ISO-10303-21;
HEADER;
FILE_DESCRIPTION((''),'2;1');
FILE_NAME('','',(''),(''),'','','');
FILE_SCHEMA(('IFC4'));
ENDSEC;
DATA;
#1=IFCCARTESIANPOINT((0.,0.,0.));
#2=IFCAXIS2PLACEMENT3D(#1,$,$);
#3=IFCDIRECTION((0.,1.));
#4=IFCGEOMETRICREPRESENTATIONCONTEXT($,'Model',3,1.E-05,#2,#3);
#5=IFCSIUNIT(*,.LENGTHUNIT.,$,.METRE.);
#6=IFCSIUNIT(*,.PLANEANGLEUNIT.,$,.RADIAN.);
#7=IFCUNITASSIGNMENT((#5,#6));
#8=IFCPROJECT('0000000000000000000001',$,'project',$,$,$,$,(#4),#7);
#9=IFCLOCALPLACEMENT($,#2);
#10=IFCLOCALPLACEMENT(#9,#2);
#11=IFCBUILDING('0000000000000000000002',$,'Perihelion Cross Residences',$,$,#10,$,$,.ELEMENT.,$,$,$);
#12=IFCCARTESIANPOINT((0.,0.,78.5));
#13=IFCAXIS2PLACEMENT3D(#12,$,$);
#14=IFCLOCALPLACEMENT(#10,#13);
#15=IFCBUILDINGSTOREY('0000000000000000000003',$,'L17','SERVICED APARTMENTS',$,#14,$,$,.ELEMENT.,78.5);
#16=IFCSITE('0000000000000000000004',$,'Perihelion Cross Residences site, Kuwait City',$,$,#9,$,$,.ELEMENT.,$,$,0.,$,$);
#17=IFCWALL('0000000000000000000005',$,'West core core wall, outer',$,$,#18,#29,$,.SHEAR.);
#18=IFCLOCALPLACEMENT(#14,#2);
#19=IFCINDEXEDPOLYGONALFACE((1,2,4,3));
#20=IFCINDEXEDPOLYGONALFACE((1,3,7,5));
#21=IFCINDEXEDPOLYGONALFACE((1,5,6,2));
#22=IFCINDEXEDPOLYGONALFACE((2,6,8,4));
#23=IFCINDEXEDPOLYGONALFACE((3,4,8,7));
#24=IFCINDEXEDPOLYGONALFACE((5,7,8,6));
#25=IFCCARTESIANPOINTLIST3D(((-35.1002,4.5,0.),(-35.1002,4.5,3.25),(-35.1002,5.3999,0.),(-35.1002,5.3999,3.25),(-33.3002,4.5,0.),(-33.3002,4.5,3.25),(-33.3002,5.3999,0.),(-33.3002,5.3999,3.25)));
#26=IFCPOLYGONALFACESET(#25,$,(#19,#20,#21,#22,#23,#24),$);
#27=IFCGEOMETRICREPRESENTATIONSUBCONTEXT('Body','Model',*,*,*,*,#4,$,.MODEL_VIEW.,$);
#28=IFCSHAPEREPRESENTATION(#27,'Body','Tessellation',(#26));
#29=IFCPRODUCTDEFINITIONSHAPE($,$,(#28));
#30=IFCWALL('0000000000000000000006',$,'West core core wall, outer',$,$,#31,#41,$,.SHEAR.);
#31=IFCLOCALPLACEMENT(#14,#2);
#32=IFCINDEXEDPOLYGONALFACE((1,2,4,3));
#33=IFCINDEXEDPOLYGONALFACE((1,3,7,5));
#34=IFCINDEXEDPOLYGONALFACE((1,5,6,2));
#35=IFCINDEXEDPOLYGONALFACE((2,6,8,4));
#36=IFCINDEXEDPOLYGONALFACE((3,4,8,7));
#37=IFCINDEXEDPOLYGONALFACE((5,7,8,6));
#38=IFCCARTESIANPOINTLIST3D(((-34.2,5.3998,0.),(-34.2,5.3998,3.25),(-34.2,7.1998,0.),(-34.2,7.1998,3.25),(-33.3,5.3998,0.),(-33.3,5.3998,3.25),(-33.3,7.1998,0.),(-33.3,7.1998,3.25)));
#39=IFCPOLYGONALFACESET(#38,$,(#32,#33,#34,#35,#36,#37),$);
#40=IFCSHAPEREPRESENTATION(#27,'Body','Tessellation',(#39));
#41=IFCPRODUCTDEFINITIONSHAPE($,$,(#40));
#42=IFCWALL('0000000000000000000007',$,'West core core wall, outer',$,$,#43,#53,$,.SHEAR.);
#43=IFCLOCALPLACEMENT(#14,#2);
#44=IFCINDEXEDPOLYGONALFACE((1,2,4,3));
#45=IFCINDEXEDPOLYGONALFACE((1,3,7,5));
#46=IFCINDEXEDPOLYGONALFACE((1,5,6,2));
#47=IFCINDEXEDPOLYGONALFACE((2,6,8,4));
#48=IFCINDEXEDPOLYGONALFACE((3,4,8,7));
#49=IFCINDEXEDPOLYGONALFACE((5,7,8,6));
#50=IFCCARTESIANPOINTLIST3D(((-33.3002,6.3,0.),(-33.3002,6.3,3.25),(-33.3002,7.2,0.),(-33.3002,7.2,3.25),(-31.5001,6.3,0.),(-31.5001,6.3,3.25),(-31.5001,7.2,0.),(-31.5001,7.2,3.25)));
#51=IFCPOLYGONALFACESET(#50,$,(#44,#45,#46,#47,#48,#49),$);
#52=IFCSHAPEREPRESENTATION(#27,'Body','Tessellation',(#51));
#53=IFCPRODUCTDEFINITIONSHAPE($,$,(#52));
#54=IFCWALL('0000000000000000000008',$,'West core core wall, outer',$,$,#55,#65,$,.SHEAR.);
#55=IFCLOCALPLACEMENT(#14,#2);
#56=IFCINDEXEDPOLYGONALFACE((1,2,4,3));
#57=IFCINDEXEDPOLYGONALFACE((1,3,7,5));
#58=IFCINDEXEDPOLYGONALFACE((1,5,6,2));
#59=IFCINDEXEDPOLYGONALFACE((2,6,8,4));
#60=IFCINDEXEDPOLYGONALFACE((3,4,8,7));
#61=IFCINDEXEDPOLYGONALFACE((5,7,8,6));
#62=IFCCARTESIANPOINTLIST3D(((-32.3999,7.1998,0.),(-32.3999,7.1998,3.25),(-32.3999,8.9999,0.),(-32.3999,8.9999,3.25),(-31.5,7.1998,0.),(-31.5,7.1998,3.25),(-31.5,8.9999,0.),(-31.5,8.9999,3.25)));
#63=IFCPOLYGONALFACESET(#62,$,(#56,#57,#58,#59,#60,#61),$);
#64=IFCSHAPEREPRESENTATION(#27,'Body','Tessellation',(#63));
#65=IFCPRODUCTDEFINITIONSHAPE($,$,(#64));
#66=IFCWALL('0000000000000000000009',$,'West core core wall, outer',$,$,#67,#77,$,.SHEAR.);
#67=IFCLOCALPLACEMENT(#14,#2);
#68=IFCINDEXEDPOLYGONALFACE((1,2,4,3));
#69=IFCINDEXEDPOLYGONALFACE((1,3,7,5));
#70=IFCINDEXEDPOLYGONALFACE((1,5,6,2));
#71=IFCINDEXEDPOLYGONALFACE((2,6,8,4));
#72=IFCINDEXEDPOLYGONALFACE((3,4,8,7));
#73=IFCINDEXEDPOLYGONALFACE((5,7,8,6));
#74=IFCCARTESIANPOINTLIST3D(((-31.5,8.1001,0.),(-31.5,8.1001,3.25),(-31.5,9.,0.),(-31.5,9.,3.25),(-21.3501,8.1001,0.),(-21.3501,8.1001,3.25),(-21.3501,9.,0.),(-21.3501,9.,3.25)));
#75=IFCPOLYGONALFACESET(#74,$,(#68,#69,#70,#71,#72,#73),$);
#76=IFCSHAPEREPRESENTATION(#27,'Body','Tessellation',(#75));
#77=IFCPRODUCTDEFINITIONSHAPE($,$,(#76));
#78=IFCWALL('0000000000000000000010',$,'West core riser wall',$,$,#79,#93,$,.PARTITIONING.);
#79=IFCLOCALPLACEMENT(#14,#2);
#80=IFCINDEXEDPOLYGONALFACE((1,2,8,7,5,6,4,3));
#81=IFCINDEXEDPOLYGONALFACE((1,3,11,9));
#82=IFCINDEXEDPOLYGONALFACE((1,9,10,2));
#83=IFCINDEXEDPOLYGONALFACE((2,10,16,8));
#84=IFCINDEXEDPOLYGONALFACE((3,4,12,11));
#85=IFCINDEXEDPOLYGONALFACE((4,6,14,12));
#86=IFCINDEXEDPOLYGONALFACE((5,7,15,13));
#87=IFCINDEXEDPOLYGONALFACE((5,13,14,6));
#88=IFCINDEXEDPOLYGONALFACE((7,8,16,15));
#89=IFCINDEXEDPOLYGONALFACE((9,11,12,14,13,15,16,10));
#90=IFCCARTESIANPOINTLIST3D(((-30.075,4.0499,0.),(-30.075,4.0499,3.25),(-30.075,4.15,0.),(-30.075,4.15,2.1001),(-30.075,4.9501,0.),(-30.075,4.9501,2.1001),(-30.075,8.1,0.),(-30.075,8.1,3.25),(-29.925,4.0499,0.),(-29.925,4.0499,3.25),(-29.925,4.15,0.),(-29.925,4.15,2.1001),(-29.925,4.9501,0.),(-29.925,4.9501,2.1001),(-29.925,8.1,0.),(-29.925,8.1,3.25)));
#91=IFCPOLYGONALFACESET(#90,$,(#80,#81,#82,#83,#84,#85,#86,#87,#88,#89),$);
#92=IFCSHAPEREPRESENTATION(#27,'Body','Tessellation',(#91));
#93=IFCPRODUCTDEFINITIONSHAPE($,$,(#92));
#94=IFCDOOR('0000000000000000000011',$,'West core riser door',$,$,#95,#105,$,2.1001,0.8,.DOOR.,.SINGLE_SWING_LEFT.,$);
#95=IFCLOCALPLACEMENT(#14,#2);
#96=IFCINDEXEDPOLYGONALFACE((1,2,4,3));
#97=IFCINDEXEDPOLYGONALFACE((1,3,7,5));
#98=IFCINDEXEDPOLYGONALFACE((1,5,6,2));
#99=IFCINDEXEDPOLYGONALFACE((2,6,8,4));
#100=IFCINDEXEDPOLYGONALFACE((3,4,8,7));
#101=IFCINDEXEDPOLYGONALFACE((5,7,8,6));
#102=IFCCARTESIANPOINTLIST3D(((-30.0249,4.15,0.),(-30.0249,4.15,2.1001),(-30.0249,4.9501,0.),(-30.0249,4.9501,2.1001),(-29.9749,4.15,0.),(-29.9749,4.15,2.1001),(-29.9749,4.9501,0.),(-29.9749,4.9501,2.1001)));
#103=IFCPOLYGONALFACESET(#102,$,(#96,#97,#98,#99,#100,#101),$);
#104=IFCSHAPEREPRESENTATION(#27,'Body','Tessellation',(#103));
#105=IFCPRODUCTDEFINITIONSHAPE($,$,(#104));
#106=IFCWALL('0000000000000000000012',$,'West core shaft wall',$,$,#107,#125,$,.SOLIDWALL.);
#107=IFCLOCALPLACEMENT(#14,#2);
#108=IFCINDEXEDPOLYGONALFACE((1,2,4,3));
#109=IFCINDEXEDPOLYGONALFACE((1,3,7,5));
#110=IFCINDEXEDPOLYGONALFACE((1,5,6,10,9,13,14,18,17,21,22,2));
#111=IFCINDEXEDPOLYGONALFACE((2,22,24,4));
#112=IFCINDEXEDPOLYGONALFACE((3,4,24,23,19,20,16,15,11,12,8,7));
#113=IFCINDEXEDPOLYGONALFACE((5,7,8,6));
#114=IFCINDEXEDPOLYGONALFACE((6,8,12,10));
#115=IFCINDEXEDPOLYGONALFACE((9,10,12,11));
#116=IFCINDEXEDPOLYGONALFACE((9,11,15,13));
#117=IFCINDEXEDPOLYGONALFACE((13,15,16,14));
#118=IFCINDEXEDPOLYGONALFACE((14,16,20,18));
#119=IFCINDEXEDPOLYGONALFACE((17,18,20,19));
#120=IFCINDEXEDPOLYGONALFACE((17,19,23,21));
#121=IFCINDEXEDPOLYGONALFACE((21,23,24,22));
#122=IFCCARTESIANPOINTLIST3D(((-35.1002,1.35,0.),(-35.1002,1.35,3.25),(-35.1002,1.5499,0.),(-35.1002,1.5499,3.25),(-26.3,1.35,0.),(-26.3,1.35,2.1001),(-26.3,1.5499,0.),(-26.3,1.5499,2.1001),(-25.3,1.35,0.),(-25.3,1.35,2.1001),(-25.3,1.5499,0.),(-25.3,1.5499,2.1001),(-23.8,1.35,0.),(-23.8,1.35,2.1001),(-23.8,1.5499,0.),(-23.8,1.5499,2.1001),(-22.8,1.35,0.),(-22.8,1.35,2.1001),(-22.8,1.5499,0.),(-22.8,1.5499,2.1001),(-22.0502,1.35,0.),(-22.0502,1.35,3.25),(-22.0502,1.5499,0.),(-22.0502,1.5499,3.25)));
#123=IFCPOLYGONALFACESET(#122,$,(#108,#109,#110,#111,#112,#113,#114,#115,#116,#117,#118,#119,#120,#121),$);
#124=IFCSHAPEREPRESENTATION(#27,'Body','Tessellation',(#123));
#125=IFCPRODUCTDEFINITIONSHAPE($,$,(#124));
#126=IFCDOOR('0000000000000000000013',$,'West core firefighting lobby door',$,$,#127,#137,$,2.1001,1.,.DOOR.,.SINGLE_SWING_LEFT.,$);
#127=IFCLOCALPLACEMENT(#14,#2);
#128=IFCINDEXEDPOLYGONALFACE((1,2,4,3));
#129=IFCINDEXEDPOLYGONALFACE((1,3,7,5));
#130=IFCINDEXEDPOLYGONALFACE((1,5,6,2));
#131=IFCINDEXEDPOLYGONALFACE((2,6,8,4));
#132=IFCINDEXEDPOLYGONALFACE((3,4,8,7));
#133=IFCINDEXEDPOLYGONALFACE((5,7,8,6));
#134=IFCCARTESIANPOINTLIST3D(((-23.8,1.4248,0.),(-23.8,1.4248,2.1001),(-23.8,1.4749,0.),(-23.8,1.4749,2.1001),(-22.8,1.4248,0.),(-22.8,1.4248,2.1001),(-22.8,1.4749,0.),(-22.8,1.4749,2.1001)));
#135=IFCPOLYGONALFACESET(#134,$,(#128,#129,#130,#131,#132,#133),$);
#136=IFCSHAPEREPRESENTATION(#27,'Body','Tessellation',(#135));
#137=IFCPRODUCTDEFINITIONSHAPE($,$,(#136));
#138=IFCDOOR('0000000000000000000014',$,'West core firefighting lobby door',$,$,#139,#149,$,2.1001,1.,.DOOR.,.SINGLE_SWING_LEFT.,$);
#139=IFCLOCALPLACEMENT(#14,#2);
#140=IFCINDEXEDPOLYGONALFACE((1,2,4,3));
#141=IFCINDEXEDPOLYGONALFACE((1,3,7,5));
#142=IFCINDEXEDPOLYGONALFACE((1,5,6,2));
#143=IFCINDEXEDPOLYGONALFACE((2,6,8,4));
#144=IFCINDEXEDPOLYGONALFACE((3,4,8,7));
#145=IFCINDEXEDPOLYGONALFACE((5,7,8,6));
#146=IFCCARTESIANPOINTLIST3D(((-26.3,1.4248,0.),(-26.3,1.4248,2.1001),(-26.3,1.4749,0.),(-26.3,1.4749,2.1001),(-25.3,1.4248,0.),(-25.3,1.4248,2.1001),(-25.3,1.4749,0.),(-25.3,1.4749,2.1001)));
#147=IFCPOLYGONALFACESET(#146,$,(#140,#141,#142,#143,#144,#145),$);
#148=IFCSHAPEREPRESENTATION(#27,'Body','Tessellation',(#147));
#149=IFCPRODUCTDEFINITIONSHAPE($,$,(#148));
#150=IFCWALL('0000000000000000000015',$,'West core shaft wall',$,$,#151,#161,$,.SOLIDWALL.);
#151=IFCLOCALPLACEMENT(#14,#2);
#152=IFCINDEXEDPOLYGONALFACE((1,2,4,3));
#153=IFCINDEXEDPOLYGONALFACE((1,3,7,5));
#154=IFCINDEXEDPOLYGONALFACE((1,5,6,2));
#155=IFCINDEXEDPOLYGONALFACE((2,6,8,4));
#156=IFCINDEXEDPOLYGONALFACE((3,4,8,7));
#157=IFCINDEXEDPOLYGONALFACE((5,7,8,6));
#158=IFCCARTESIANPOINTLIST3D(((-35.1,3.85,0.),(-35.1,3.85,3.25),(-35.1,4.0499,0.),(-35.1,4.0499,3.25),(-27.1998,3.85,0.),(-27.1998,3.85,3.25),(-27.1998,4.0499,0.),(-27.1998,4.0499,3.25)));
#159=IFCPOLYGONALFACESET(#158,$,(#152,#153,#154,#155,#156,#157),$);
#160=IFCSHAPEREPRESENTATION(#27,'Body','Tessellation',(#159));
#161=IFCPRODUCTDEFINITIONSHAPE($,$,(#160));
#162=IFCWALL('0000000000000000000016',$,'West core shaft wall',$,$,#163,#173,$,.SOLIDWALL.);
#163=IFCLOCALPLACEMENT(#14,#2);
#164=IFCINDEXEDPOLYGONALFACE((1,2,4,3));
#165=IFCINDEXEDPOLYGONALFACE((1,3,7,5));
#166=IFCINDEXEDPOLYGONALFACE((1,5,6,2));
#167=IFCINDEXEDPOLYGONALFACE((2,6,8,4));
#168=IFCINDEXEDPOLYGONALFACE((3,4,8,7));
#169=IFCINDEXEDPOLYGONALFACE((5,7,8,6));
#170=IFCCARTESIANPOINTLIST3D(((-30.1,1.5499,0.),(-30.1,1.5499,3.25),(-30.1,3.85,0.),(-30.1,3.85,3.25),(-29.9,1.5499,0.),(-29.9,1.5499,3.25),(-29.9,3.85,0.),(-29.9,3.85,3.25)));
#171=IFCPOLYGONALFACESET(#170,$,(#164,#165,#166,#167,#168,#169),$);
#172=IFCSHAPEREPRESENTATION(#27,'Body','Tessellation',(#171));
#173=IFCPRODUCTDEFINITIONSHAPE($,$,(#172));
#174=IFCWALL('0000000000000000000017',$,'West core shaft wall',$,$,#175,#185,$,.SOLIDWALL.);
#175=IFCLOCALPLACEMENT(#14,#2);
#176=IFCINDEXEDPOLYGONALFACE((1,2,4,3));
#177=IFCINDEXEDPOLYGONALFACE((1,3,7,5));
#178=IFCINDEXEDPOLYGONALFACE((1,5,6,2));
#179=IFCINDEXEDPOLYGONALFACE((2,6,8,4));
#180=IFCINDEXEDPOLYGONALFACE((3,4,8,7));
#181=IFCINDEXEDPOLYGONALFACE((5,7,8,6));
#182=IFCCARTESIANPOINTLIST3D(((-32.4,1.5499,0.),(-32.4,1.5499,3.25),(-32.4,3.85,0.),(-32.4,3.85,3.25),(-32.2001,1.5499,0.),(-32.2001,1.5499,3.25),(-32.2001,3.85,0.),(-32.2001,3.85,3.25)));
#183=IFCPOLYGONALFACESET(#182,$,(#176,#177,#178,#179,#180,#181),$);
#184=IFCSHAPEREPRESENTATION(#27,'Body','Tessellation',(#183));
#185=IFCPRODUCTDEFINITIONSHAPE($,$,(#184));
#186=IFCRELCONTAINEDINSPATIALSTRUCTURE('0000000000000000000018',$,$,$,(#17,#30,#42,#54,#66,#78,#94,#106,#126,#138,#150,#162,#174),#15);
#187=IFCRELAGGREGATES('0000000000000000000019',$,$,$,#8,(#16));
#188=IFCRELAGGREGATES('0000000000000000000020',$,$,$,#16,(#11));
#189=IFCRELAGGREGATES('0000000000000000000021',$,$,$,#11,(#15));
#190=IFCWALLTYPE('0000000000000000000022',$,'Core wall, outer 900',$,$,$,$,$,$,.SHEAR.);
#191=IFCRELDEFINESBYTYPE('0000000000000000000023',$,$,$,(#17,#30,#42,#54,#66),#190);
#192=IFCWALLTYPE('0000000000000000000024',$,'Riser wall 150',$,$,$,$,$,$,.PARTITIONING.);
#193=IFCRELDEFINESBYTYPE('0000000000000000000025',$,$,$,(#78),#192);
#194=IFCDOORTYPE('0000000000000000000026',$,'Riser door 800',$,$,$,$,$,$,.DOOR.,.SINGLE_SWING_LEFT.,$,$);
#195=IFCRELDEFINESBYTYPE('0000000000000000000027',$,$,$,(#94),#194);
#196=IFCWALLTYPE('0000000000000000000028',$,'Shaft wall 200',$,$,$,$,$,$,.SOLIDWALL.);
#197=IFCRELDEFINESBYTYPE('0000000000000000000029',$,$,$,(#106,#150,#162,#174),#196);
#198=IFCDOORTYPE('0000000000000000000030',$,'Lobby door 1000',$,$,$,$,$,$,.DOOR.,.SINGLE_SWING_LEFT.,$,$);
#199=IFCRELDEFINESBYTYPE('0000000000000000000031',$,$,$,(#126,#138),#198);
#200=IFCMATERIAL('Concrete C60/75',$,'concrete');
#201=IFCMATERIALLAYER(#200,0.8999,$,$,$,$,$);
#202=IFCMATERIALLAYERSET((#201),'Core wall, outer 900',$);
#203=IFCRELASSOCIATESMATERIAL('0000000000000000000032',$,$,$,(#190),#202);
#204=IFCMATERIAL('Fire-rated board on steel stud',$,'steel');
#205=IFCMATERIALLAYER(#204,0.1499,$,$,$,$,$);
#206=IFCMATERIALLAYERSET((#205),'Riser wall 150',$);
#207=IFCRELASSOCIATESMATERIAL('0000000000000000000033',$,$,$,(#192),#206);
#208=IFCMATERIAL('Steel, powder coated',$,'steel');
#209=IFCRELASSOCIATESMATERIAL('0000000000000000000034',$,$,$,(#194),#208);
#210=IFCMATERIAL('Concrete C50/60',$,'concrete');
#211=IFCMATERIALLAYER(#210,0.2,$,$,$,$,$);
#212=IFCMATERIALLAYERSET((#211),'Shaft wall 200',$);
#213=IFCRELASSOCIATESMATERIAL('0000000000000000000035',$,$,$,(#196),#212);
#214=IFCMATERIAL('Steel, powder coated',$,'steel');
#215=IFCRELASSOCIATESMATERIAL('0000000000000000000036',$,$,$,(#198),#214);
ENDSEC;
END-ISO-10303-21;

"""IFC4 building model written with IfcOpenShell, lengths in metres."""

from ifc_helpers import new_model, si_unit, direction, frame, frame_2d, origin, place, context, subcontext, project, spatial, rectangle, extrude, material, layer, layer_set, type_object, element, fill, save


model = new_model("IFC4")

# Units and contexts
model_context = context("Model", 3, precision=1e-05, world=origin(), true_north=direction((0.0, 1.0)))
body_context = subcontext(model_context, "Body", "Model", "MODEL_VIEW")
ifc_project = project(units=[si_unit("LENGTHUNIT", "METRE"), si_unit("PLANEANGLEUNIT", "RADIAN")], contexts=[model_context])

# Site, building, storey
site_placement = place(None, origin())
site = spatial("IfcSite", under=ifc_project, at=site_placement, Name="Perihelion Cross Residences site, Kuwait City", CompositionType="ELEMENT", RefElevation=0.0)
building_placement = place(site_placement, origin())
building = spatial("IfcBuilding", under=site, at=building_placement, Name="Perihelion Cross Residences", CompositionType="ELEMENT")
storey_placement = place(building_placement, frame((0.0, 0.0, 78.5)))
storey = spatial("IfcBuildingStorey", under=building, at=storey_placement, Name="L17", Description="SERVICED APARTMENTS", CompositionType="ELEMENT", Elevation=78.5)

# Walls
ifc_material_1 = material(Name="Concrete C60/75", Category="concrete")
ifc_layer_1 = layer(ifc_material_1, 0.8999)
ifc_layer_set_1 = layer_set([ifc_layer_1], Name="Core wall, outer 900")
wall_type_1 = type_object("IfcWallType", Name="Core wall, outer 900", PredefinedType="SHEAR", material=ifc_layer_set_1)
for number, where, z_axis, x_axis, name in (
    (1, (-35.1001, 4.95, 0.0), (0.0, 0.0, 1.0), (1.0, 0.0, 0.0), "West core core wall, outer"),
    (2, (-33.75, 5.3999, 0.0), (0.0, 0.0, 1.0), (0.0, 1.0, 0.0), "West core core wall, outer"),
    (3, (-33.3, 6.75, 0.0), (0.0, 0.0, 1.0), (1.0, 0.0, 0.0), "West core core wall, outer"),
    (4, (-31.95, 7.2, 0.0), (0.0, 0.0, 1.0), (0.0, 1.0, 0.0), "West core core wall, outer"),
):
    element("IfcWall", number, at=place(storey_placement, frame(where, z_axis=z_axis, x_axis=x_axis)), inside=storey, type_object=wall_type_1, Name=name, PredefinedType="SHEAR", context=body_context, shape_type="SweptSolid", body=[
        extrude(rectangle(XDim=1.8, YDim=0.8999, at=frame_2d((0.8999, 0.0))), origin(), (0.0, 0.0, 1.0), 3.25),
    ])
wall_1_placement = place(storey_placement, frame((-31.5, 8.55, 0.0), z_axis=(0.0, 0.0, 1.0), x_axis=(1.0, 0.0, 0.0)))
element("IfcWall", 5, at=wall_1_placement, inside=storey, type_object=wall_type_1, Name="West core core wall, outer", PredefinedType="SHEAR", context=body_context, shape_type="SweptSolid", body=[
    extrude(rectangle(XDim=10.1499, YDim=0.8999, at=frame_2d((5.075, 0.0))), origin(), (0.0, 0.0, 1.0), 3.25),
])

# Wall, opening, door
ifc_material_2 = material(Name="Fire-rated board on steel stud", Category="steel")
ifc_layer_2 = layer(ifc_material_2, 0.1499)
ifc_layer_set_2 = layer_set([ifc_layer_2], Name="Riser wall 150")
wall_type_2 = type_object("IfcWallType", Name="Riser wall 150", PredefinedType="PARTITIONING", material=ifc_layer_set_2)
wall_2_placement = place(storey_placement, frame((-30.0, 4.05, 0.0), z_axis=(0.0, 0.0, 1.0), x_axis=(0.0, 1.0, 0.0)))
wall_2 = element("IfcWall", 6, at=wall_2_placement, inside=storey, type_object=wall_type_2, Name="West core riser wall", PredefinedType="PARTITIONING", context=body_context, shape_type="SweptSolid", body=[
    extrude(rectangle(XDim=4.05, YDim=0.1499, at=frame_2d((2.0249, 0.0))), origin(), (0.0, 0.0, 1.0), 3.25),
])
opening_1_placement = place(wall_2_placement, frame((0.1001, 0.0, 0.0)))
opening_1 = element("IfcOpeningElement", 7, at=opening_1_placement, cuts=wall_2, PredefinedType="OPENING", context=body_context, shape_type="SweptSolid", body=[
    extrude(rectangle(XDim=0.8, YDim=2.1001, at=frame_2d((0.3999, 1.05))), frame((0.0, 0.085, 0.0), z_axis=(0.0, -1.0, 0.0), x_axis=(1.0, 0.0, 0.0)), (0.0, 0.0, 1.0), 0.1699),
])
ifc_material_3 = material(Name="Steel, powder coated", Category="steel")
door_type_1 = type_object("IfcDoorType", Name="Riser door 800", OperationType="SINGLE_SWING_LEFT", PredefinedType="DOOR", material=ifc_material_3)
door_1_placement = place(opening_1_placement, origin())
door_1 = element("IfcDoor", 8, at=door_1_placement, inside=storey, type_object=door_type_1, Name="West core riser door", OperationType="SINGLE_SWING_LEFT", OverallHeight=2.1001, OverallWidth=0.8, PredefinedType="DOOR", context=body_context, shape_type="SweptSolid", body=[
    extrude(rectangle(XDim=0.8, YDim=2.1001, at=frame_2d((0.3999, 1.05))), frame((0.0, 0.0249, 0.0), z_axis=(0.0, -1.0, 0.0), x_axis=(1.0, 0.0, 0.0)), (0.0, 0.0, 1.0), 0.05),
])
fill(opening_1, door_1)

# Wall, openings, doors
ifc_material_4 = material(Name="Concrete C50/60", Category="concrete")
ifc_layer_3 = layer(ifc_material_4, 0.2)
ifc_layer_set_3 = layer_set([ifc_layer_3], Name="Shaft wall 200")
wall_type_3 = type_object("IfcWallType", Name="Shaft wall 200", PredefinedType="SOLIDWALL", material=ifc_layer_set_3)
wall_3_placement = place(storey_placement, frame((-35.1001, 1.45, 0.0), z_axis=(0.0, 0.0, 1.0), x_axis=(1.0, 0.0, 0.0)))
wall_3 = element("IfcWall", 9, at=wall_3_placement, inside=storey, type_object=wall_type_3, Name="West core shaft wall", PredefinedType="SOLIDWALL", context=body_context, shape_type="SweptSolid", body=[
    extrude(rectangle(XDim=13.05, YDim=0.2, at=frame_2d((6.5249, 0.0))), origin(), (0.0, 0.0, 1.0), 3.25),
])
opening_2_placement = place(wall_3_placement, frame((11.3, 0.0, 0.0)))
opening_2 = element("IfcOpeningElement", 10, at=opening_2_placement, cuts=wall_3, PredefinedType="OPENING", context=body_context, shape_type="SweptSolid", body=[
    extrude(rectangle(XDim=1.0, YDim=2.1001, at=frame_2d((0.5, 1.05))), frame((0.0, 0.1099, 0.0), z_axis=(0.0, -1.0, 0.0), x_axis=(1.0, 0.0, 0.0)), (0.0, 0.0, 1.0), 0.22),
])
opening_3_placement = place(wall_3_placement, frame((8.8, 0.0, 0.0)))
opening_3 = element("IfcOpeningElement", 11, at=opening_3_placement, cuts=wall_3, PredefinedType="OPENING", context=body_context, shape_type="SweptSolid", body=[
    extrude(rectangle(XDim=1.0, YDim=2.1001, at=frame_2d((0.5, 1.05))), frame((0.0, 0.1099, 0.0), z_axis=(0.0, -1.0, 0.0), x_axis=(1.0, 0.0, 0.0)), (0.0, 0.0, 1.0), 0.22),
])
ifc_material_5 = material(Name="Steel, powder coated", Category="steel")
door_type_2 = type_object("IfcDoorType", Name="Lobby door 1000", OperationType="SINGLE_SWING_LEFT", PredefinedType="DOOR", material=ifc_material_5)
door_2_placement = place(opening_2_placement, origin())
door_2 = element("IfcDoor", 12, at=door_2_placement, inside=storey, type_object=door_type_2, Name="West core firefighting lobby door", OperationType="SINGLE_SWING_LEFT", OverallHeight=2.1001, OverallWidth=1.0, PredefinedType="DOOR", context=body_context, shape_type="SweptSolid", body=[
    extrude(rectangle(XDim=1.0, YDim=2.1001, at=frame_2d((0.5, 1.05))), frame((0.0, 0.0249, 0.0), z_axis=(0.0, -1.0, 0.0), x_axis=(1.0, 0.0, 0.0)), (0.0, 0.0, 1.0), 0.05),
])
fill(opening_2, door_2)
door_3_placement = place(opening_3_placement, origin())
door_3 = element("IfcDoor", 13, at=door_3_placement, inside=storey, type_object=door_type_2, Name="West core firefighting lobby door", OperationType="SINGLE_SWING_LEFT", OverallHeight=2.1001, OverallWidth=1.0, PredefinedType="DOOR", context=body_context, shape_type="SweptSolid", body=[
    extrude(rectangle(XDim=1.0, YDim=2.1001, at=frame_2d((0.5, 1.05))), frame((0.0, 0.0249, 0.0), z_axis=(0.0, -1.0, 0.0), x_axis=(1.0, 0.0, 0.0)), (0.0, 0.0, 1.0), 0.05),
])
fill(opening_3, door_3)

# Walls
wall_4_placement = place(storey_placement, frame((-35.1001, 3.95, 0.0), z_axis=(0.0, 0.0, 1.0), x_axis=(1.0, 0.0, 0.0)))
element("IfcWall", 14, at=wall_4_placement, inside=storey, type_object=wall_type_3, Name="West core shaft wall", PredefinedType="SOLIDWALL", context=body_context, shape_type="SweptSolid", body=[
    extrude(rectangle(XDim=7.9001, YDim=0.2, at=frame_2d((3.9502, 0.0))), origin(), (0.0, 0.0, 1.0), 3.25),
])
for number, where, z_axis, x_axis, name in (
    (15, (-30.0, 1.55, 0.0), (0.0, 0.0, 1.0), (0.0, 1.0, 0.0), "West core shaft wall"),
    (16, (-32.3, 1.55, 0.0), (0.0, 0.0, 1.0), (0.0, 1.0, 0.0), "West core shaft wall"),
):
    element("IfcWall", number, at=place(storey_placement, frame(where, z_axis=z_axis, x_axis=x_axis)), inside=storey, type_object=wall_type_3, Name=name, PredefinedType="SOLIDWALL", context=body_context, shape_type="SweptSolid", body=[
        extrude(rectangle(XDim=2.3, YDim=0.2, at=frame_2d((1.1499, 0.0))), origin(), (0.0, 0.0, 1.0), 3.25),
    ])

save(model, "model.ifc")
